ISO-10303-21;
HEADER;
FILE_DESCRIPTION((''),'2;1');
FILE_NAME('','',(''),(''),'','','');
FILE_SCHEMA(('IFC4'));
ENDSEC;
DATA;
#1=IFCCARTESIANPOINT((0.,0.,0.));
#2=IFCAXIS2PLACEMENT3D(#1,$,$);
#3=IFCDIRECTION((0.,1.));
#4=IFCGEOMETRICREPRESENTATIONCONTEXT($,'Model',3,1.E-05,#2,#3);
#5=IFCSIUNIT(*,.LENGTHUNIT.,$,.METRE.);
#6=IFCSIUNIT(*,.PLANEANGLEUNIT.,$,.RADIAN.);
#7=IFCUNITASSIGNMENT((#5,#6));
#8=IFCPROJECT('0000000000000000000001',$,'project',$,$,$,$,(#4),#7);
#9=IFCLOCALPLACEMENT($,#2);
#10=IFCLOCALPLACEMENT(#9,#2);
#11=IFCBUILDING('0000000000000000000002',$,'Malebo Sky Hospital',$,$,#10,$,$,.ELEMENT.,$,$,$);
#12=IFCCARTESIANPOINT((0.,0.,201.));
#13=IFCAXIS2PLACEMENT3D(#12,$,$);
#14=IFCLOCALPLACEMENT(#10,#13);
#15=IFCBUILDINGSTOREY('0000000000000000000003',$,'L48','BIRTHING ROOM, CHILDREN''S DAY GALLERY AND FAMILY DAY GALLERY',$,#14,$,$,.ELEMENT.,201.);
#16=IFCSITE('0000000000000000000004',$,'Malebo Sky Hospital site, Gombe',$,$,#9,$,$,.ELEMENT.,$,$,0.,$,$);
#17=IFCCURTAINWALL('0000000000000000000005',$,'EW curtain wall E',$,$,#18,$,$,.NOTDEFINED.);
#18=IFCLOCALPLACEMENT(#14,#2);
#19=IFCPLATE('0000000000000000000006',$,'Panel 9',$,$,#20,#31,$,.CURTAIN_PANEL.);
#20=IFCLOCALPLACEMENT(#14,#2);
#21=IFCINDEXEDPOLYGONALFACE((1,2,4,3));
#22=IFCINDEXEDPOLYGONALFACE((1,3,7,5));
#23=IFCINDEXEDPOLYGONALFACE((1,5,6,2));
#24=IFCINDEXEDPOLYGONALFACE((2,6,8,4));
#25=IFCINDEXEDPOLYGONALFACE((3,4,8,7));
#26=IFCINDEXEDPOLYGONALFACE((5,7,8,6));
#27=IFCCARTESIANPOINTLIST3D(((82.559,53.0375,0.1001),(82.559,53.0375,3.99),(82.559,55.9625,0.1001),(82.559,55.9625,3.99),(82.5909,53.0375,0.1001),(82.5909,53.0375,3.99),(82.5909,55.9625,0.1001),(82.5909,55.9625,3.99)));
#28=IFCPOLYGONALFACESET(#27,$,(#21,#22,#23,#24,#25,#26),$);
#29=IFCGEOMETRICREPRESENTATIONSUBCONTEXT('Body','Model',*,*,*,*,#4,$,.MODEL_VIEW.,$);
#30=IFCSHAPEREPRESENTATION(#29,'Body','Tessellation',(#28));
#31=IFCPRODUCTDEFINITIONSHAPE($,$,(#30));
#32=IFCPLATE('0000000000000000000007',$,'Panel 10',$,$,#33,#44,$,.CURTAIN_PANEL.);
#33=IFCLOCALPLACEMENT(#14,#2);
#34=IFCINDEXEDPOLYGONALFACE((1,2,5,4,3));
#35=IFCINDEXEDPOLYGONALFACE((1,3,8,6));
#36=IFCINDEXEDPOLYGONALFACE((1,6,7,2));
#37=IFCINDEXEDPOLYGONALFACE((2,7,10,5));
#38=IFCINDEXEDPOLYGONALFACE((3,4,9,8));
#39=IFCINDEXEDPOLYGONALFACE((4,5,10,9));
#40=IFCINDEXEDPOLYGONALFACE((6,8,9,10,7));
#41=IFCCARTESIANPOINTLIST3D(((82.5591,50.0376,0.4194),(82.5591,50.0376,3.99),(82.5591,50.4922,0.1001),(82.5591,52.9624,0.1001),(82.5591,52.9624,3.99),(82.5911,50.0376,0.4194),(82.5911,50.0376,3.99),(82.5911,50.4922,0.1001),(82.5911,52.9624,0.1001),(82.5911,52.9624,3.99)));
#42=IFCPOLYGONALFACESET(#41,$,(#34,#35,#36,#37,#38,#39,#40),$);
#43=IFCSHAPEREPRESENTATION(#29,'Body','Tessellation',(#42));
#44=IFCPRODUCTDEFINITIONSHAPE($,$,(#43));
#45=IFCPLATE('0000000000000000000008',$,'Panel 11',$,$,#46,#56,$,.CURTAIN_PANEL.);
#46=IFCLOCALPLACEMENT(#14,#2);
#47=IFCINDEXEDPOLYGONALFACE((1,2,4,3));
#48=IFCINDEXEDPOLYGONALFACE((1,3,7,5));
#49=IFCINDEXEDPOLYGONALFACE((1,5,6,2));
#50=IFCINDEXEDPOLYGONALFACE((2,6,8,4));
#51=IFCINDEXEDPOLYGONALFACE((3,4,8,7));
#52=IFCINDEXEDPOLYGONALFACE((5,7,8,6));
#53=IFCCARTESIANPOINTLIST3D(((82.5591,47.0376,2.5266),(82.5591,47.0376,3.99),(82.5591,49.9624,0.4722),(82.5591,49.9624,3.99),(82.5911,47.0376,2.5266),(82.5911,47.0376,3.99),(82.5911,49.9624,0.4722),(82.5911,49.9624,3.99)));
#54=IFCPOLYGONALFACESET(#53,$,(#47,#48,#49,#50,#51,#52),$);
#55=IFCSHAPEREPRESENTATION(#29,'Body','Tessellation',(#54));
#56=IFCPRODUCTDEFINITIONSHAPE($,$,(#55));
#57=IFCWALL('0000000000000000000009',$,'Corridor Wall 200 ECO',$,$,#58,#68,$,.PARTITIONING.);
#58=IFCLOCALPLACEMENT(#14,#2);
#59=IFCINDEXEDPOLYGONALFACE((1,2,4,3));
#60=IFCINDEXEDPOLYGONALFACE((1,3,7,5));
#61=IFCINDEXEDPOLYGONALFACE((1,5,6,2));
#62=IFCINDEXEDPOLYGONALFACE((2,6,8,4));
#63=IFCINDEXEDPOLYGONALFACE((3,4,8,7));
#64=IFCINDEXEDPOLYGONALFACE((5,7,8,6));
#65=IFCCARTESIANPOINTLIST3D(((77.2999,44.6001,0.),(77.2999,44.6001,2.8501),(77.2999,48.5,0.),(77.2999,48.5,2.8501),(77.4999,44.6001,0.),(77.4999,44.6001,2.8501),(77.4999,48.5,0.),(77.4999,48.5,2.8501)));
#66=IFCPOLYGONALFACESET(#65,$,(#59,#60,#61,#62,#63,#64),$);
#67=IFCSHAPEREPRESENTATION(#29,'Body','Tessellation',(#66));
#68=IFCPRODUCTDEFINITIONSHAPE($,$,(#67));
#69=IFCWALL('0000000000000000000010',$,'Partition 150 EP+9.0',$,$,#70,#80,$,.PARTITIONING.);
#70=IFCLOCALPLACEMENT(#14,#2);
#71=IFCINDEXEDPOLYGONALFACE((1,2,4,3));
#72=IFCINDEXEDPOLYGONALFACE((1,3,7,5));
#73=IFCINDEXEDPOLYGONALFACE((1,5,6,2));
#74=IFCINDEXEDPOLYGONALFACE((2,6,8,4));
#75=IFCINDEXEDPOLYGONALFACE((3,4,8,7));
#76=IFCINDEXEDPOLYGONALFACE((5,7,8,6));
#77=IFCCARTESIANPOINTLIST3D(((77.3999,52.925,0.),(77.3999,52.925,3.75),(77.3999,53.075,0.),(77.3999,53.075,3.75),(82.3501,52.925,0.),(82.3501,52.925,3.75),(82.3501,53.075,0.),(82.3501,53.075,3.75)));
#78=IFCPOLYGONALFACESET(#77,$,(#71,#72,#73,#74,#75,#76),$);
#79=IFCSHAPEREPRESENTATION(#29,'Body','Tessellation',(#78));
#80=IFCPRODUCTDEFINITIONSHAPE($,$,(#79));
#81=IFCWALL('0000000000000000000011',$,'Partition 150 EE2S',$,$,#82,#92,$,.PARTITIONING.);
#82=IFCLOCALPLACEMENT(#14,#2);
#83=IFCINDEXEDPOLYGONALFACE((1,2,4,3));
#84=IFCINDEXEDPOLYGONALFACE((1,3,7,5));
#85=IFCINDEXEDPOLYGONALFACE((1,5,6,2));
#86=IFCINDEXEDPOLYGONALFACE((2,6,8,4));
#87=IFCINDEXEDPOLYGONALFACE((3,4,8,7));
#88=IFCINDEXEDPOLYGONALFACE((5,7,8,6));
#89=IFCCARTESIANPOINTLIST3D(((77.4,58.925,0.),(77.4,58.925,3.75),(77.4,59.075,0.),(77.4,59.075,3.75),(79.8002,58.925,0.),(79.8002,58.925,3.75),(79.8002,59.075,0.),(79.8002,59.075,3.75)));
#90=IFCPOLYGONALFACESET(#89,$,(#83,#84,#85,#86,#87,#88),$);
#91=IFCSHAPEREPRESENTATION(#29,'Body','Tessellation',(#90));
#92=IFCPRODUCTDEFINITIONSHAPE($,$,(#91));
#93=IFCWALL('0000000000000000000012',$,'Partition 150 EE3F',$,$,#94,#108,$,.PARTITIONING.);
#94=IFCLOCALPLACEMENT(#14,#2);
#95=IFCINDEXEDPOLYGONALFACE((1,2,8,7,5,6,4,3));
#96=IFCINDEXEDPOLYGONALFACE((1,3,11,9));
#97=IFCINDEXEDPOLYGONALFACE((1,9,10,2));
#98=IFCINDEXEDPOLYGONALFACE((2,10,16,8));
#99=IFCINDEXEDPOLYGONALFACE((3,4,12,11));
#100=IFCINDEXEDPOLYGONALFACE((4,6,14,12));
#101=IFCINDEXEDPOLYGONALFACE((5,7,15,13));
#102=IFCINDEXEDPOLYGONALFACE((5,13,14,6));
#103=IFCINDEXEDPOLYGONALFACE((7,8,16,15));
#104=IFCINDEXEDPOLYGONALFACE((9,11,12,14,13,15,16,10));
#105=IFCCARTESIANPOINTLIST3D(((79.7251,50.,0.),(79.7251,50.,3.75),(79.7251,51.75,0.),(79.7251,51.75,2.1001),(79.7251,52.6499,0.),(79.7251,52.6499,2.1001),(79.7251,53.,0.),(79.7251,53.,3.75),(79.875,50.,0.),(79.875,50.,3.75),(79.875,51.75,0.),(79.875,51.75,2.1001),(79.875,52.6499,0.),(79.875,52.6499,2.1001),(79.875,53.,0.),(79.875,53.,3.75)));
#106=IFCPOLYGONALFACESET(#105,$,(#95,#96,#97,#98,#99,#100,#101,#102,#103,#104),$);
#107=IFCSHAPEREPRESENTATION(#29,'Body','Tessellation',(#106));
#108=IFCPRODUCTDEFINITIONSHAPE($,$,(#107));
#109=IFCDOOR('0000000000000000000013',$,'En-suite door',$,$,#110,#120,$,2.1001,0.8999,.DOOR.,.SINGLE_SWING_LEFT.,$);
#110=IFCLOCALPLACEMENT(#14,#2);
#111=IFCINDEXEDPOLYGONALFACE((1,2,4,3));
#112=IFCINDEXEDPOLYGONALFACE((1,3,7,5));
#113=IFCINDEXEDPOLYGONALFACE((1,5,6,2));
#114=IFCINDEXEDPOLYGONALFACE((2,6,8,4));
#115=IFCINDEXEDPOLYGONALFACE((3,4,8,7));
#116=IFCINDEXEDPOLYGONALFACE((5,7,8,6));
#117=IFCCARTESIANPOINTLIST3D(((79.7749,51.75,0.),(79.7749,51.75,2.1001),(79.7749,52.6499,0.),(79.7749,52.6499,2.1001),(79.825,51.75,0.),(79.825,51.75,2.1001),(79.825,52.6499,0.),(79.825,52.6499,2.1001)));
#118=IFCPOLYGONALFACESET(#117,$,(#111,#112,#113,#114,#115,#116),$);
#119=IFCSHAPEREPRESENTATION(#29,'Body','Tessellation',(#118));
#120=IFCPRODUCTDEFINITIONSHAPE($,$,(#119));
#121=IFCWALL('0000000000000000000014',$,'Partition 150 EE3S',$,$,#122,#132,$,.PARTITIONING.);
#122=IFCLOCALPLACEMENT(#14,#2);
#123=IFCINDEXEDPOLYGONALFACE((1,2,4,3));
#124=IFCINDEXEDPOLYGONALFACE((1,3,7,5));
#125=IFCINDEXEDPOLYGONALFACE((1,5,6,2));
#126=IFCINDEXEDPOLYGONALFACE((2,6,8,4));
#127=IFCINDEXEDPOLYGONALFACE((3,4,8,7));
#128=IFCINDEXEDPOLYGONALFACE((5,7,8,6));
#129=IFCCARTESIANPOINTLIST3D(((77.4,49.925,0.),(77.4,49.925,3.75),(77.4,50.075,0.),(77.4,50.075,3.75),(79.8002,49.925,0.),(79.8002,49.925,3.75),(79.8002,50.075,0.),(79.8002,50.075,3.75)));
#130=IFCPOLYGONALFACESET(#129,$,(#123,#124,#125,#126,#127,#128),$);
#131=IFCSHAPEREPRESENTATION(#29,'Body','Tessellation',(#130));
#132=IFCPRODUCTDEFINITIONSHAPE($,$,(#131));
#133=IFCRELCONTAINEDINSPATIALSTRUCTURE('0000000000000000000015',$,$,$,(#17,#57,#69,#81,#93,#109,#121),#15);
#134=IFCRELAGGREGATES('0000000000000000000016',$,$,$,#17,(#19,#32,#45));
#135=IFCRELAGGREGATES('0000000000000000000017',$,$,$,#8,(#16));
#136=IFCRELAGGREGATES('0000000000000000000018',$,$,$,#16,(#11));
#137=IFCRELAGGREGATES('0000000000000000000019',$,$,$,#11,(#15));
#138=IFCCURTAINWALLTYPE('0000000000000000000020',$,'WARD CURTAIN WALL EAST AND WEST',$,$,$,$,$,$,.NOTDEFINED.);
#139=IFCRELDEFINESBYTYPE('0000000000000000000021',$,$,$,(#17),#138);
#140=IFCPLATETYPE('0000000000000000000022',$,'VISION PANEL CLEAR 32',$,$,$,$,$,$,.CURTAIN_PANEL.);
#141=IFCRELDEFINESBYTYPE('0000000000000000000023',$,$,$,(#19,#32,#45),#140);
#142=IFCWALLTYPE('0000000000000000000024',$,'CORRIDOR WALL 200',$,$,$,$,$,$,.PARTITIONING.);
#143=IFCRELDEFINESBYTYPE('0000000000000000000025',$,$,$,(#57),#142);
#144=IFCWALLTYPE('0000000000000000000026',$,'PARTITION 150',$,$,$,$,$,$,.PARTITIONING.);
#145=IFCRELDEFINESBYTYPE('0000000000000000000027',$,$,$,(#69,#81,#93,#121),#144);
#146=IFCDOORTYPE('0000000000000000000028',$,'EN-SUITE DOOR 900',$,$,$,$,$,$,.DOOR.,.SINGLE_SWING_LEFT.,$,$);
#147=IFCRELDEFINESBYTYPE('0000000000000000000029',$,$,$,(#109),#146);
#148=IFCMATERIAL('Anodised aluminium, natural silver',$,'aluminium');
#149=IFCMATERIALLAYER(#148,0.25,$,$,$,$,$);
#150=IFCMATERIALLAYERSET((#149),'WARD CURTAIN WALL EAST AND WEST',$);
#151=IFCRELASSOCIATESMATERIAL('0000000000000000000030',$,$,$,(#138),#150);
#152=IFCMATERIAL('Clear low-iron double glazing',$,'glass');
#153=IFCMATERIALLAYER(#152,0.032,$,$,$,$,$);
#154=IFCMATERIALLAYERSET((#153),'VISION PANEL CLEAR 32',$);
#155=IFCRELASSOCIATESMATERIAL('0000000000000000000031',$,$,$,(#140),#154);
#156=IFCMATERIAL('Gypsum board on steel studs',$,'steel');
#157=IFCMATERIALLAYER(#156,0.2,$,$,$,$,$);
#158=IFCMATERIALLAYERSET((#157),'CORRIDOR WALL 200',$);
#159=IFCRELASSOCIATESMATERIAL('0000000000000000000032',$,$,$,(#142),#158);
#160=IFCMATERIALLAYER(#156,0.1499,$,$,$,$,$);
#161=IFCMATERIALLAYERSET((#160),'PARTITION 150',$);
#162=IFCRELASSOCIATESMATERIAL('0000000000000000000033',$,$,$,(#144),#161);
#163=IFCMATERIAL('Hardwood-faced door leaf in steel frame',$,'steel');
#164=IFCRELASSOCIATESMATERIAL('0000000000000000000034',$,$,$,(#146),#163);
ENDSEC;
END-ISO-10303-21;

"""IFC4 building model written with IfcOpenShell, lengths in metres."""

from ifc_helpers import new_model, si_unit, direction, frame, frame_2d, origin, origin_2d, place, context, subcontext, project, spatial, polyline, rectangle, outline, extrude, material, layer, layer_set, type_object, element, fill, aggregate, save


model = new_model("IFC4")

# Units and contexts
model_context = context("Model", 3, precision=1e-05, world=origin(), true_north=direction((0.0, 1.0)))
body_context = subcontext(model_context, "Body", "Model", "MODEL_VIEW")
ifc_project = project(units=[si_unit("LENGTHUNIT", "METRE"), si_unit("PLANEANGLEUNIT", "RADIAN")], contexts=[model_context])

# Site, building, storey
site_placement = place(None, origin())
site = spatial("IfcSite", under=ifc_project, at=site_placement, Name="Malebo Sky Hospital site, Gombe", CompositionType="ELEMENT", RefElevation=0.0)
building_placement = place(site_placement, origin())
building = spatial("IfcBuilding", under=site, at=building_placement, Name="Malebo Sky Hospital", CompositionType="ELEMENT")
storey_placement = place(building_placement, frame((0.0, 0.0, 201.0)))
storey = spatial("IfcBuildingStorey", under=building, at=storey_placement, Name="L48", Description="BIRTHING ROOM, CHILDREN'S DAY GALLERY AND FAMILY DAY GALLERY", CompositionType="ELEMENT", Elevation=201.0)

# Curtain wall
ifc_material_1 = material(Name="Anodised aluminium, natural silver", Category="aluminium")
ifc_layer_1 = layer(ifc_material_1, 0.25)
ifc_layer_set_1 = layer_set([ifc_layer_1], Name="WARD CURTAIN WALL EAST AND WEST")
curtain_wall_type = type_object("IfcCurtainWallType", Name="WARD CURTAIN WALL EAST AND WEST", PredefinedType="NOTDEFINED", material=ifc_layer_set_1)
curtain_wall_placement = place(storey_placement, origin())
curtain_wall = element("IfcCurtainWall", 1, at=curtain_wall_placement, inside=storey, type_object=curtain_wall_type, Name="EW curtain wall E", PredefinedType="NOTDEFINED")

# Plates
ifc_material_2 = material(Name="Clear low-iron double glazing", Category="glass")
ifc_layer_2 = layer(ifc_material_2, 0.032)
ifc_layer_set_2 = layer_set([ifc_layer_2], Name="VISION PANEL CLEAR 32")
plate_type = type_object("IfcPlateType", Name="VISION PANEL CLEAR 32", PredefinedType="CURTAIN_PANEL", material=ifc_layer_set_2)
plate_1_placement = place(storey_placement, frame((82.575, 54.5, 0.1001), z_axis=(0.0, 0.0, 1.0), x_axis=(0.0, -1.0, 0.0)))
plate_1 = element("IfcPlate", 2, at=plate_1_placement, type_object=plate_type, Name="Panel 9", PredefinedType="CURTAIN_PANEL", context=body_context, shape_type="SweptSolid", body=[
    extrude(rectangle(XDim=2.925, YDim=0.032, at=origin_2d()), origin(), (0.0, 0.0, 1.0), 3.8899),
])
plate_2_placement = place(storey_placement, frame((82.575, 51.5, 0.1001), z_axis=(0.0, 0.0, 1.0), x_axis=(0.0, -1.0, 0.0)))
plate_2 = element("IfcPlate", 3, at=plate_2_placement, type_object=plate_type, Name="Panel 10", PredefinedType="CURTAIN_PANEL", context=body_context, shape_type="SweptSolid", body=[
    extrude(outline(polyline([(-1.4624, 0.0), (1.0078, 0.0), (1.4624, 0.3193), (1.4624, 3.8899), (-1.4624, 3.8899), (-1.4624, 0.0)])), frame((0.0, 0.0161, 0.0), z_axis=(0.0, -1.0, 0.0), x_axis=(1.0, 0.0, 0.0)), (0.0, 0.0, 1.0), 0.032),
])
plate_3_placement = place(storey_placement, frame((82.575, 48.5, 0.4722), z_axis=(0.0, 0.0, 1.0), x_axis=(0.0, -1.0, 0.0)))
plate_3 = element("IfcPlate", 4, at=plate_3_placement, type_object=plate_type, Name="Panel 11", PredefinedType="CURTAIN_PANEL", context=body_context, shape_type="SweptSolid", body=[
    extrude(outline(polyline([(-1.4624, 0.0), (1.4624, 2.0544), (1.4624, 3.5178), (-1.4624, 3.5178), (-1.4624, 0.0)])), frame((0.0, 0.0161, 0.0), z_axis=(0.0, -1.0, 0.0), x_axis=(1.0, 0.0, 0.0)), (0.0, 0.0, 1.0), 0.032),
])
aggregate(curtain_wall, [plate_1, plate_2, plate_3])

# Walls
ifc_material_3 = material(Name="Gypsum board on steel studs", Category="steel")
ifc_layer_3 = layer(ifc_material_3, 0.2)
ifc_layer_set_3 = layer_set([ifc_layer_3], Name="CORRIDOR WALL 200")
wall_type_1 = type_object("IfcWallType", Name="CORRIDOR WALL 200", PredefinedType="PARTITIONING", material=ifc_layer_set_3)
wall_1_placement = place(storey_placement, frame((77.3999, 48.5, 0.0), z_axis=(0.0, 0.0, 1.0), x_axis=(0.0, -1.0, 0.0)))
element("IfcWall", 5, at=wall_1_placement, inside=storey, type_object=wall_type_1, Name="Corridor Wall 200 ECO", PredefinedType="PARTITIONING", context=body_context, shape_type="SweptSolid", body=[
    extrude(rectangle(XDim=3.8999, YDim=0.2, at=frame_2d((1.95, 0.0))), origin(), (0.0, 0.0, 1.0), 2.8501),
])
ifc_layer_4 = layer(ifc_material_3, 0.1499)
ifc_layer_set_4 = layer_set([ifc_layer_4], Name="PARTITION 150")
wall_type_2 = type_object("IfcWallType", Name="PARTITION 150", PredefinedType="PARTITIONING", material=ifc_layer_set_4)
wall_2_placement = place(storey_placement, frame((77.3999, 53.0, 0.0), z_axis=(0.0, 0.0, 1.0), x_axis=(1.0, 0.0, 0.0)))
element("IfcWall", 6, at=wall_2_placement, inside=storey, type_object=wall_type_2, Name="Partition 150 EP+9.0", PredefinedType="PARTITIONING", context=body_context, shape_type="SweptSolid", body=[
    extrude(rectangle(XDim=4.9502, YDim=0.1499, at=frame_2d((2.4751, 0.0))), origin(), (0.0, 0.0, 1.0), 3.75),
])
wall_3_placement = place(storey_placement, frame((77.3999, 59.0, 0.0), z_axis=(0.0, 0.0, 1.0), x_axis=(1.0, 0.0, 0.0)))
element("IfcWall", 7, at=wall_3_placement, inside=storey, type_object=wall_type_2, Name="Partition 150 EE2S", PredefinedType="PARTITIONING", context=body_context, shape_type="SweptSolid", body=[
    extrude(rectangle(XDim=2.4001, YDim=0.1499, at=frame_2d((1.2002, 0.0))), origin(), (0.0, 0.0, 1.0), 3.75),
])

# Wall, opening, door
wall_4_placement = place(storey_placement, frame((79.8, 53.0, 0.0), z_axis=(0.0, 0.0, 1.0), x_axis=(0.0, -1.0, 0.0)))
wall_4 = element("IfcWall", 8, at=wall_4_placement, inside=storey, type_object=wall_type_2, Name="Partition 150 EE3F", PredefinedType="PARTITIONING", context=body_context, shape_type="SweptSolid", body=[
    extrude(rectangle(XDim=3.0, YDim=0.1499, at=frame_2d((1.5, 0.0))), origin(), (0.0, 0.0, 1.0), 3.75),
])
opening_placement = place(wall_4_placement, frame((0.3501, 0.0, 0.0)))
opening = element("IfcOpeningElement", 9, at=opening_placement, cuts=wall_4, PredefinedType="OPENING", context=body_context, shape_type="SweptSolid", body=[
    extrude(rectangle(XDim=0.8999, YDim=2.1001, at=frame_2d((0.45, 1.05))), frame((0.0, 0.085, 0.0), z_axis=(0.0, -1.0, 0.0), x_axis=(1.0, 0.0, 0.0)), (0.0, 0.0, 1.0), 0.1699),
])
ifc_material_4 = material(Name="Hardwood-faced door leaf in steel frame", Category="steel")
door_type = type_object("IfcDoorType", Name="EN-SUITE DOOR 900", OperationType="SINGLE_SWING_LEFT", PredefinedType="DOOR", material=ifc_material_4)
door_placement = place(opening_placement, origin())
door = element("IfcDoor", 10, at=door_placement, inside=storey, type_object=door_type, Name="En-suite door", OperationType="SINGLE_SWING_LEFT", OverallHeight=2.1001, OverallWidth=0.8999, PredefinedType="DOOR", context=body_context, shape_type="SweptSolid", body=[
    extrude(rectangle(XDim=0.8999, YDim=2.1001, at=frame_2d((0.45, 1.05))), frame((0.0, 0.0249, 0.0), z_axis=(0.0, -1.0, 0.0), x_axis=(1.0, 0.0, 0.0)), (0.0, 0.0, 1.0), 0.05),
])
fill(opening, door)

# Wall
wall_5_placement = place(storey_placement, frame((77.3999, 50.0, 0.0), z_axis=(0.0, 0.0, 1.0), x_axis=(1.0, 0.0, 0.0)))
element("IfcWall", 11, at=wall_5_placement, inside=storey, type_object=wall_type_2, Name="Partition 150 EE3S", PredefinedType="PARTITIONING", context=body_context, shape_type="SweptSolid", body=[
    extrude(rectangle(XDim=2.4001, YDim=0.1499, at=frame_2d((1.2002, 0.0))), origin(), (0.0, 0.0, 1.0), 3.75),
])

save(model, "model.ifc")
